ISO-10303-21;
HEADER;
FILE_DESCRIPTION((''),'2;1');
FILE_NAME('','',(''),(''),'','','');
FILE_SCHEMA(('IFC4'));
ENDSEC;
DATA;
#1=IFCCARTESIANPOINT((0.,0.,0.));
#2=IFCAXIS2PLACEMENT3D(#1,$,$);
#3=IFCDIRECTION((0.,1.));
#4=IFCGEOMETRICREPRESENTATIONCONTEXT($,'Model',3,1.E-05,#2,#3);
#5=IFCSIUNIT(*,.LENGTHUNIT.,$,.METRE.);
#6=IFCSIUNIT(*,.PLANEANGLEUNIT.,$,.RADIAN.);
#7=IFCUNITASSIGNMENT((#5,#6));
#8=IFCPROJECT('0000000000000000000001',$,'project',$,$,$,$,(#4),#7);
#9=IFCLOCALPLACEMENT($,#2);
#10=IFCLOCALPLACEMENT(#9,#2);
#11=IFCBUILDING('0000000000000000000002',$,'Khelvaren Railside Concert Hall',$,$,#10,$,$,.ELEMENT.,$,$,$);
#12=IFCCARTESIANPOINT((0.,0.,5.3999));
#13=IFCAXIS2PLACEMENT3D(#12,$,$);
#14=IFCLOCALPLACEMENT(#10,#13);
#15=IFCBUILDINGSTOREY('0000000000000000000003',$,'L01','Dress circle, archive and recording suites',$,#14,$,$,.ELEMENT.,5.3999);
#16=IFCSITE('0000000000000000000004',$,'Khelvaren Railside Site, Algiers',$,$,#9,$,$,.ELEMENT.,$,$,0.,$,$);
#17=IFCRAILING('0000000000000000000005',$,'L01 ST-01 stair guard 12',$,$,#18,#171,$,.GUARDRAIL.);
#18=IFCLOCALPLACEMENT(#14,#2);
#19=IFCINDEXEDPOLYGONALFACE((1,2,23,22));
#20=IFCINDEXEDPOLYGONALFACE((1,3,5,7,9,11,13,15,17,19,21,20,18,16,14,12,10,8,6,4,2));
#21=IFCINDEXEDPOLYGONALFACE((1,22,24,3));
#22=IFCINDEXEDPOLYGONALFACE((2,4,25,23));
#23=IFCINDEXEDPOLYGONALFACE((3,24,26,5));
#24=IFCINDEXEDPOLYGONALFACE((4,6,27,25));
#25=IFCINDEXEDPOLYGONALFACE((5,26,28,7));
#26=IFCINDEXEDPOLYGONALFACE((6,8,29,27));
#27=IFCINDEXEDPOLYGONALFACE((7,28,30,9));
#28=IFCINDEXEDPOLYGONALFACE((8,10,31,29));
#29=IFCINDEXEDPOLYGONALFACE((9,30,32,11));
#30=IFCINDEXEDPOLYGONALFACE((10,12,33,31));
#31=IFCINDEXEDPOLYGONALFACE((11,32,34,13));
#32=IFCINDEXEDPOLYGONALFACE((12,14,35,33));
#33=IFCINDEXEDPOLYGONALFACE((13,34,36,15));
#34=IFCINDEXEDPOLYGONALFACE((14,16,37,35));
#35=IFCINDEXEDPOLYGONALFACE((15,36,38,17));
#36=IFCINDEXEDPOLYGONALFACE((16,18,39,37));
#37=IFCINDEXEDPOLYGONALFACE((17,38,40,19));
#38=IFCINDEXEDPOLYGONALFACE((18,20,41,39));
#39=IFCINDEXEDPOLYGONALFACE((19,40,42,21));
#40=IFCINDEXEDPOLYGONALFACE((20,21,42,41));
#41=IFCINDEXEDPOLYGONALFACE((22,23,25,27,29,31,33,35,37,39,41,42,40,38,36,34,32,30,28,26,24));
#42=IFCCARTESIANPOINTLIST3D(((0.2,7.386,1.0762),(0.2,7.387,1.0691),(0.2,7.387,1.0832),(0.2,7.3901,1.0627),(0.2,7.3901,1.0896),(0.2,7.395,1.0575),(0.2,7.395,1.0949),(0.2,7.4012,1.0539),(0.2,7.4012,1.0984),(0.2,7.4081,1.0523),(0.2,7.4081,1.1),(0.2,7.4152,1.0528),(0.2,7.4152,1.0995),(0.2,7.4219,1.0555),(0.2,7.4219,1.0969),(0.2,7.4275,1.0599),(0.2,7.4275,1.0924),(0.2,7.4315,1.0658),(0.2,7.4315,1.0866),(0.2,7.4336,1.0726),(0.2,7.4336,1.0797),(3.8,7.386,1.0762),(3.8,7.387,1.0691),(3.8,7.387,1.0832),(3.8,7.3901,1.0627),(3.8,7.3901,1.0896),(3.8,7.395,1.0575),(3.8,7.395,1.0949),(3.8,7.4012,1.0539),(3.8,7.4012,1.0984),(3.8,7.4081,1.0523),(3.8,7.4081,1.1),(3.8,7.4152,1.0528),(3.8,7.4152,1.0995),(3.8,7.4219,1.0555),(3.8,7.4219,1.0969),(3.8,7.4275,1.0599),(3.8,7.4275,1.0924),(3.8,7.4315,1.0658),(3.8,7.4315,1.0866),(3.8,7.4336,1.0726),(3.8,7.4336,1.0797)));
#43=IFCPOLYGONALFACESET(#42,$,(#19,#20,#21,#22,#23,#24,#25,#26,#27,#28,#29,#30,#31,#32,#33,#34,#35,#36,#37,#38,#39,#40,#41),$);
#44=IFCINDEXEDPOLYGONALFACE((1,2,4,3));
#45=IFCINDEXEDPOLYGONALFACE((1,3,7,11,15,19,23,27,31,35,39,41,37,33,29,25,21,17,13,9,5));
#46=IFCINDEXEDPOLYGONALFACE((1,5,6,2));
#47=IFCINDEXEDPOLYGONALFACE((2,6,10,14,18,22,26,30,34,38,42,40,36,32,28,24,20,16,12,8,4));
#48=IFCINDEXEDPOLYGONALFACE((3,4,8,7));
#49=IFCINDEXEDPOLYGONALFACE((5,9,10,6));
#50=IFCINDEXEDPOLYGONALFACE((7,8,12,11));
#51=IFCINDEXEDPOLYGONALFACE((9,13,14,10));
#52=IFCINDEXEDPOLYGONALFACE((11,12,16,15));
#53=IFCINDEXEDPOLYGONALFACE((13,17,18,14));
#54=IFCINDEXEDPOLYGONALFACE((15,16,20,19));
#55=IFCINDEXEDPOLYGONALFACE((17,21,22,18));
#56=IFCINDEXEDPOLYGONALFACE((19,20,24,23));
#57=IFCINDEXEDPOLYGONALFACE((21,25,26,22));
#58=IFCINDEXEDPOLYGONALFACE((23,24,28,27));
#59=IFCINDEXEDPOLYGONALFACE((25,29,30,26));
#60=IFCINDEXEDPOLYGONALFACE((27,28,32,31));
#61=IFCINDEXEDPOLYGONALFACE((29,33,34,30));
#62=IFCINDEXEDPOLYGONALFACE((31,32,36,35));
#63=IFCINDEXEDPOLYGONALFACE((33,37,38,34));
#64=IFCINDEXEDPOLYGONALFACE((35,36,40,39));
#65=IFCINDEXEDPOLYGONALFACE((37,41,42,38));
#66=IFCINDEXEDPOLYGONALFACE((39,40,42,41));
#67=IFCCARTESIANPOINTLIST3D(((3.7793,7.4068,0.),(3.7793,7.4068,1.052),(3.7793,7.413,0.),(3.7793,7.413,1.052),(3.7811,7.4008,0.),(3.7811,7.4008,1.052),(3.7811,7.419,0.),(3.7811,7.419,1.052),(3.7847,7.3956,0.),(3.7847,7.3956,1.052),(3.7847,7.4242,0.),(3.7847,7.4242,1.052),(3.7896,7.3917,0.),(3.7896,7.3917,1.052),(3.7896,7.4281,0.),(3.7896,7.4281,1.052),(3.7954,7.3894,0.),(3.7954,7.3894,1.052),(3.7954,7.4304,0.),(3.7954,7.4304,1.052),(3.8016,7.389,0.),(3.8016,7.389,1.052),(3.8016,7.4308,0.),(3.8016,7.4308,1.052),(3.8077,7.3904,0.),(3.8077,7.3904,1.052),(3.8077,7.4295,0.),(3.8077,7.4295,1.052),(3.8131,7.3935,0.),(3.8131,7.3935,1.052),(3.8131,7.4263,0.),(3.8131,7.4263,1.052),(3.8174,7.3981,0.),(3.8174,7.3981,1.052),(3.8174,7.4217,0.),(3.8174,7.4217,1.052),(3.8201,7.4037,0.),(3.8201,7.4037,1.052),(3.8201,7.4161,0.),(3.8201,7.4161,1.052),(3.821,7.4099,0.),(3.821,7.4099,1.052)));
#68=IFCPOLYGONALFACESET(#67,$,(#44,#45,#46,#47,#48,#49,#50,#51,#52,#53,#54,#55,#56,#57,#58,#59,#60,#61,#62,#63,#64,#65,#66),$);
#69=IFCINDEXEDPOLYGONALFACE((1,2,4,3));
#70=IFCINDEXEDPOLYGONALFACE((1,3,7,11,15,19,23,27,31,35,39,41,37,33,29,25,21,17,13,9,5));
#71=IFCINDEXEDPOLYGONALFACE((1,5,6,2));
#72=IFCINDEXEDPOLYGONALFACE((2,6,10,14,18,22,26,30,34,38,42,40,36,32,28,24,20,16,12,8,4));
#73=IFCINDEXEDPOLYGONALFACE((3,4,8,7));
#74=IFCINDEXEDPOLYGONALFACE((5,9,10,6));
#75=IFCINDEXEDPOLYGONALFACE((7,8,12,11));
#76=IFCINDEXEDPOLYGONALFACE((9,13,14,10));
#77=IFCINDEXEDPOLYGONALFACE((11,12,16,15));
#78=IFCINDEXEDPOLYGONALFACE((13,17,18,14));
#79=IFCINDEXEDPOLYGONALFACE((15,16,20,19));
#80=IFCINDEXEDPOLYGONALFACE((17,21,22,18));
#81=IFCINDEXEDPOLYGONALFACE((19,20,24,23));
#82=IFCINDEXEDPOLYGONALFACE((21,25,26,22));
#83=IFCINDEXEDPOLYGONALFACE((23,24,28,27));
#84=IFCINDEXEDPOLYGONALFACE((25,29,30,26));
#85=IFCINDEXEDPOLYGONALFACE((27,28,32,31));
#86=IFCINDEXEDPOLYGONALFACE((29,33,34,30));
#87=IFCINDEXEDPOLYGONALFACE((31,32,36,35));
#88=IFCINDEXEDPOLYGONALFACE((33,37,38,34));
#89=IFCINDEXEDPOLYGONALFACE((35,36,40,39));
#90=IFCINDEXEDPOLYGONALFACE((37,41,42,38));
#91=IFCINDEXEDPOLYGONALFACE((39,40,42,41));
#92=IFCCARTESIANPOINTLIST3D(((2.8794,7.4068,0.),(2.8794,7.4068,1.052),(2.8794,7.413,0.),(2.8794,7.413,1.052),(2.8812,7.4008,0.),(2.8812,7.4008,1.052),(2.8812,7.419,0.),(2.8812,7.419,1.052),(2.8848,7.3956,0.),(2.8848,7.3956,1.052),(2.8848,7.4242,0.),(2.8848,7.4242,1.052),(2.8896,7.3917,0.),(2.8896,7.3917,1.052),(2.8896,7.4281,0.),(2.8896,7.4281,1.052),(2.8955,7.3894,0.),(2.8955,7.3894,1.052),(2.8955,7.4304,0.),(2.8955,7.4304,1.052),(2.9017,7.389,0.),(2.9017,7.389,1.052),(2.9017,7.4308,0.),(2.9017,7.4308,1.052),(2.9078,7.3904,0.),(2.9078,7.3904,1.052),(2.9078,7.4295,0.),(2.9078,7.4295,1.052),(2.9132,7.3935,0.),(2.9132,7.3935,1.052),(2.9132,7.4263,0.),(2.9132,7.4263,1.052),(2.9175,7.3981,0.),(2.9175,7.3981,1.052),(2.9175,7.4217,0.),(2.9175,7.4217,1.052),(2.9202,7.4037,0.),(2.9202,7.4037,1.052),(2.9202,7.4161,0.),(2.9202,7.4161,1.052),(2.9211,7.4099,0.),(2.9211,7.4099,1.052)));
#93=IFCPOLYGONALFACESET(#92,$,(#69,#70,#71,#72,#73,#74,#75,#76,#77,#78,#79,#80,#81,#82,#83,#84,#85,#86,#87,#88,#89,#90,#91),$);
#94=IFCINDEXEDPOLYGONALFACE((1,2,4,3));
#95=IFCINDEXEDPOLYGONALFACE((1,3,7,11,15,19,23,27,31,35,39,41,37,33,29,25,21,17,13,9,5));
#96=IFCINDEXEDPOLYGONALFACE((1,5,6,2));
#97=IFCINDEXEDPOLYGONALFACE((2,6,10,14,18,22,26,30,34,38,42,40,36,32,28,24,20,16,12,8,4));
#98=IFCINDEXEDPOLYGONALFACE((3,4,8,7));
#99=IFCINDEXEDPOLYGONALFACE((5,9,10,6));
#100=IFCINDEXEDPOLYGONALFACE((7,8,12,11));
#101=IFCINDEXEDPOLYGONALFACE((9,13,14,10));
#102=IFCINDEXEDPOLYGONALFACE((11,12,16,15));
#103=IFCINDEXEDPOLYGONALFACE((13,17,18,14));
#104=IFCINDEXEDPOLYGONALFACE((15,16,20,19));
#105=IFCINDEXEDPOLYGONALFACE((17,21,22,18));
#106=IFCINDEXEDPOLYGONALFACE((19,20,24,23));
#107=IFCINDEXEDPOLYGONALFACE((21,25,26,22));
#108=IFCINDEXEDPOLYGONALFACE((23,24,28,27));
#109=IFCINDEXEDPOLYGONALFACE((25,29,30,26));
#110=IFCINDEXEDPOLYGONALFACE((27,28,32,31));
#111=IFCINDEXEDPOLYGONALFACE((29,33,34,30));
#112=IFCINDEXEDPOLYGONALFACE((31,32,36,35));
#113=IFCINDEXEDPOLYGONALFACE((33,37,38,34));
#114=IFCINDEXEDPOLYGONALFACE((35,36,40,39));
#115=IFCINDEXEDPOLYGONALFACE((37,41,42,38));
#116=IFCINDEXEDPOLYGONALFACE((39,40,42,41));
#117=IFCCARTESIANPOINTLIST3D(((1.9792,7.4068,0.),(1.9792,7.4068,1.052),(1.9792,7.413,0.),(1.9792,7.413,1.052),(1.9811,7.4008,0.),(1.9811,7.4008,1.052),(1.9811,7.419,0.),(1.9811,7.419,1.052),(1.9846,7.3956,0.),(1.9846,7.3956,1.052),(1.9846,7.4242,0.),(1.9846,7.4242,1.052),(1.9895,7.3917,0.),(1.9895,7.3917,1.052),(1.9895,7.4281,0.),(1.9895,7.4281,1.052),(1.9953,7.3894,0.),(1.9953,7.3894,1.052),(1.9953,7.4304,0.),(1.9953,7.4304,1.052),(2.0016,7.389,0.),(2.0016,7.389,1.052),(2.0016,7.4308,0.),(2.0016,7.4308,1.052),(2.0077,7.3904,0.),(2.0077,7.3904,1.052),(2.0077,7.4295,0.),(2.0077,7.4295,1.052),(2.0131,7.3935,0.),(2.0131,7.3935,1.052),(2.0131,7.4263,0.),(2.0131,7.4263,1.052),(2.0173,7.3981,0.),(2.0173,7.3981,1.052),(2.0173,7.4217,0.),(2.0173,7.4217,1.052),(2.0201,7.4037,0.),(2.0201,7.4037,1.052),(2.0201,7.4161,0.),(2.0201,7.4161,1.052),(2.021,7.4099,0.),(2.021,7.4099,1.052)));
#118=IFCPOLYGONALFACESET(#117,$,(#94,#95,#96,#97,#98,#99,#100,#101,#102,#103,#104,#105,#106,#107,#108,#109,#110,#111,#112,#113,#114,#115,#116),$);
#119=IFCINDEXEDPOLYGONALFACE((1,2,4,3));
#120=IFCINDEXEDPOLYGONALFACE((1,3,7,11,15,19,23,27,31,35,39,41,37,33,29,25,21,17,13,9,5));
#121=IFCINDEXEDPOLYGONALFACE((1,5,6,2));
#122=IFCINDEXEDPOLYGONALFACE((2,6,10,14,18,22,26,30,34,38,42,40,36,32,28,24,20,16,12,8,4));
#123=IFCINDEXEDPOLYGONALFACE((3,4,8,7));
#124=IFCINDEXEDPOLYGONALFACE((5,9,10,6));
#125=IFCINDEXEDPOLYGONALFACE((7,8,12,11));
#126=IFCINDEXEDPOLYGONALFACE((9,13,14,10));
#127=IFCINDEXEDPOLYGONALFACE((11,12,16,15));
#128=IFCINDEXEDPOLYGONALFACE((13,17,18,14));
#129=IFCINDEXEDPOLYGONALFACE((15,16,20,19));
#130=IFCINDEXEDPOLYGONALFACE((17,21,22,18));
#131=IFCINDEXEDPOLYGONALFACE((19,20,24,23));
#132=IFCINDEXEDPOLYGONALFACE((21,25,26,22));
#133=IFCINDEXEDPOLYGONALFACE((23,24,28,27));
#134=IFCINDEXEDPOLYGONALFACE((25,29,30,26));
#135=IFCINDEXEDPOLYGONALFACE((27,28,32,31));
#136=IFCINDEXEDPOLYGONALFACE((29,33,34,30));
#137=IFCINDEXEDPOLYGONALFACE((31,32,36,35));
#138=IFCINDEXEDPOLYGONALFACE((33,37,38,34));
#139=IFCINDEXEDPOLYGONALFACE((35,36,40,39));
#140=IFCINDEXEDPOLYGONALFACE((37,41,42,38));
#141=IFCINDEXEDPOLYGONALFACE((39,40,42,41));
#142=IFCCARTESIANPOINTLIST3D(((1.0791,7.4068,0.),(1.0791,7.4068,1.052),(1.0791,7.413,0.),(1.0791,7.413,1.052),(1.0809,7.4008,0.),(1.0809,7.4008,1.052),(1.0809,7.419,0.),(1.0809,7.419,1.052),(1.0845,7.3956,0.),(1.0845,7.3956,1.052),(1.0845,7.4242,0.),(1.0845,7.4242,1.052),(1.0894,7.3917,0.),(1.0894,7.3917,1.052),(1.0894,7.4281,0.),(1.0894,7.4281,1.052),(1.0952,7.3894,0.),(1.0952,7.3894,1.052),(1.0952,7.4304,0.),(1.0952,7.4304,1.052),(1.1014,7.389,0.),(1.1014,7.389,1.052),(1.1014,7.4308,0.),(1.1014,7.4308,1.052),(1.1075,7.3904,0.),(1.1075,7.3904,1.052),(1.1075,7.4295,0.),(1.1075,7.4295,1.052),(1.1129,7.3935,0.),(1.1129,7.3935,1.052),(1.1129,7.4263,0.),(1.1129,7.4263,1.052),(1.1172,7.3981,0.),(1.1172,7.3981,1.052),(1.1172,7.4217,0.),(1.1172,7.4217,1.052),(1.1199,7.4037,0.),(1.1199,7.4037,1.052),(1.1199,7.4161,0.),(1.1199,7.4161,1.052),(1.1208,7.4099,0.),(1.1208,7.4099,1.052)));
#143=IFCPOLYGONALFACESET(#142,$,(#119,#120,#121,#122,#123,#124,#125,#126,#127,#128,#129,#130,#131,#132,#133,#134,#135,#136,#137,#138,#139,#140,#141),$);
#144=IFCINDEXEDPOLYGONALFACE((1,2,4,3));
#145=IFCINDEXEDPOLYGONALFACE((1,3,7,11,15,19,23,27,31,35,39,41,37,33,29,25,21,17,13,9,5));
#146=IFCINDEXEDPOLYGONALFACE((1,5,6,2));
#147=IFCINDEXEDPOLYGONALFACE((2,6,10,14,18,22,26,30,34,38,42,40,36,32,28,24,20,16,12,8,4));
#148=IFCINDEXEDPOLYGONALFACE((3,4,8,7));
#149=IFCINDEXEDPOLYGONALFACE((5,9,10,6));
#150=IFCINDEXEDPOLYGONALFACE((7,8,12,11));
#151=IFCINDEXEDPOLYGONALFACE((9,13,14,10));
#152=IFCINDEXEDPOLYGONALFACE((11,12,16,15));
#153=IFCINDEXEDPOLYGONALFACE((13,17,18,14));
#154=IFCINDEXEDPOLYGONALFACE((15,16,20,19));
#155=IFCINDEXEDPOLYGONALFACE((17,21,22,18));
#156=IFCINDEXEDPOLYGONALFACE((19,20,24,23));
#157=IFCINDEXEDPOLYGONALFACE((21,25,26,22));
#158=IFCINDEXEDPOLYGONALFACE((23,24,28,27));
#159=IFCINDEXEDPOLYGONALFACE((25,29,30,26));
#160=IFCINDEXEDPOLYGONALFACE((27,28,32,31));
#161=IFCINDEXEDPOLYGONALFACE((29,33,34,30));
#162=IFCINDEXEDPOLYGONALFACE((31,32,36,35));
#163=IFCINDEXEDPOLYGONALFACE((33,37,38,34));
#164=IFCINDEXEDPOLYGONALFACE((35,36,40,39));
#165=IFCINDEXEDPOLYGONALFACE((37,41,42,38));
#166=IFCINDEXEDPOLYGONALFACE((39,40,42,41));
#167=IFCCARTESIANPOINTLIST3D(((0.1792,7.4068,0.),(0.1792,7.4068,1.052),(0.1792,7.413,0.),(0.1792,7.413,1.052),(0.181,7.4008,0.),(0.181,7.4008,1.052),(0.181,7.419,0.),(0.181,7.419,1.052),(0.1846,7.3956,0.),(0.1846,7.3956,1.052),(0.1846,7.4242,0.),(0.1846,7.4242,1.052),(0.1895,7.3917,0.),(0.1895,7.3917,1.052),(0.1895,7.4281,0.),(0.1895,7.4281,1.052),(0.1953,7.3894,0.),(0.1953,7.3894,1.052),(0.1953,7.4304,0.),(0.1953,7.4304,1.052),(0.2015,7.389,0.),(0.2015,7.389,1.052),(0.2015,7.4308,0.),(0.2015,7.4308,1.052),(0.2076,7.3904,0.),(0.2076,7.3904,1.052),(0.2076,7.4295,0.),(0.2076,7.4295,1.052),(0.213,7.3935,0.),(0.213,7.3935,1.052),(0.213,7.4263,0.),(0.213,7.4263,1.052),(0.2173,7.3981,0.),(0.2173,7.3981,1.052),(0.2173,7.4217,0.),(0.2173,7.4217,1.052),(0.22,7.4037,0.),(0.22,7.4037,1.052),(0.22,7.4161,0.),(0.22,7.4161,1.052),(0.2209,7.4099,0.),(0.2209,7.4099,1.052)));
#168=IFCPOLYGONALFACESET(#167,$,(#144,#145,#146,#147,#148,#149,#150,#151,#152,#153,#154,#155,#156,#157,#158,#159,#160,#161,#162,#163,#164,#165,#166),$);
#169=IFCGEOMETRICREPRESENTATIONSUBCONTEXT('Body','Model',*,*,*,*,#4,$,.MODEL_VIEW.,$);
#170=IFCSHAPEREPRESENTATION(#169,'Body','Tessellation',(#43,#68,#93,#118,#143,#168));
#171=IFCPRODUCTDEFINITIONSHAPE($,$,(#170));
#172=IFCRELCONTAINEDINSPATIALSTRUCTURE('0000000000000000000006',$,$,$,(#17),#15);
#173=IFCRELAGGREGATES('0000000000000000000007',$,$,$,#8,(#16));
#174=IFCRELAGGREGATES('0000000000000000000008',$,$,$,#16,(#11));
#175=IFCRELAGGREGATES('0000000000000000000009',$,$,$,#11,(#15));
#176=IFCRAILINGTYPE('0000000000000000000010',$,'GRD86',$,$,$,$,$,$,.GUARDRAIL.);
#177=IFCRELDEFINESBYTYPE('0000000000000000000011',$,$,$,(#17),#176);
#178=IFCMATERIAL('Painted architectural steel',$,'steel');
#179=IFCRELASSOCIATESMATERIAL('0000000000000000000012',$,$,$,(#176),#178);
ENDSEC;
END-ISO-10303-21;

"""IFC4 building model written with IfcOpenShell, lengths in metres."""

from ifc_helpers import new_model, si_unit, direction, frame, origin, origin_2d, place, context, subcontext, project, spatial, circle, extrude, material, type_object, element, save


model = new_model("IFC4")

# Units and contexts
model_context = context("Model", 3, precision=1e-05, world=origin(), true_north=direction((0.0, 1.0)))
body_context = subcontext(model_context, "Body", "Model", "MODEL_VIEW")
ifc_project = project(units=[si_unit("LENGTHUNIT", "METRE"), si_unit("PLANEANGLEUNIT", "RADIAN")], contexts=[model_context])

# Site, building, storey
site_placement = place(None, origin())
site = spatial("IfcSite", under=ifc_project, at=site_placement, Name="Khelvaren Railside Site, Algiers", CompositionType="ELEMENT", RefElevation=0.0)
building_placement = place(site_placement, origin())
building = spatial("IfcBuilding", under=site, at=building_placement, Name="Khelvaren Railside Concert Hall", CompositionType="ELEMENT")
storey_placement = place(building_placement, frame((0.0, 0.0, 5.3999)))
storey = spatial("IfcBuildingStorey", under=building, at=storey_placement, Name="L01", Description="Dress circle, archive and recording suites", CompositionType="ELEMENT", Elevation=5.3999)

# Railing
ifc_material_1 = material(Name="Painted architectural steel", Category="steel")
railing_type_1 = type_object("IfcRailingType", Name="GRD86", PredefinedType="GUARDRAIL", material=ifc_material_1)
railing_1_placement = place(storey_placement, frame((3.8, 7.4099, 0.0)))
element("IfcRailing", 1, at=railing_1_placement, inside=storey, type_object=railing_type_1, Name="L01 ST-01 stair guard 12", PredefinedType="GUARDRAIL", context=body_context, shape_type="SweptSolid", body=[
    extrude(circle(Radius=0.0239, at=origin_2d()), frame((0.0, 0.0, 1.0762), z_axis=(-1.0, 0.0, 0.0), x_axis=(0.0, -1.0, 0.0)), (0.0, 0.0, 1.0), 3.6001),
    extrude(circle(Radius=0.021, at=origin_2d()), origin(), (0.0, 0.0, 1.0), 1.052),
    extrude(circle(Radius=0.021, at=origin_2d()), frame((-0.8999, 0.0, 0.0)), (0.0, 0.0, 1.0), 1.052),
    extrude(circle(Radius=0.021, at=origin_2d()), frame((-1.8, 0.0, 0.0)), (0.0, 0.0, 1.0), 1.052),
    extrude(circle(Radius=0.021, at=origin_2d()), frame((-2.7002, 0.0, 0.0)), (0.0, 0.0, 1.0), 1.052),
    extrude(circle(Radius=0.021, at=origin_2d()), frame((-3.6001, 0.0, 0.0)), (0.0, 0.0, 1.0), 1.052),
])

save(model, "model.ifc")
